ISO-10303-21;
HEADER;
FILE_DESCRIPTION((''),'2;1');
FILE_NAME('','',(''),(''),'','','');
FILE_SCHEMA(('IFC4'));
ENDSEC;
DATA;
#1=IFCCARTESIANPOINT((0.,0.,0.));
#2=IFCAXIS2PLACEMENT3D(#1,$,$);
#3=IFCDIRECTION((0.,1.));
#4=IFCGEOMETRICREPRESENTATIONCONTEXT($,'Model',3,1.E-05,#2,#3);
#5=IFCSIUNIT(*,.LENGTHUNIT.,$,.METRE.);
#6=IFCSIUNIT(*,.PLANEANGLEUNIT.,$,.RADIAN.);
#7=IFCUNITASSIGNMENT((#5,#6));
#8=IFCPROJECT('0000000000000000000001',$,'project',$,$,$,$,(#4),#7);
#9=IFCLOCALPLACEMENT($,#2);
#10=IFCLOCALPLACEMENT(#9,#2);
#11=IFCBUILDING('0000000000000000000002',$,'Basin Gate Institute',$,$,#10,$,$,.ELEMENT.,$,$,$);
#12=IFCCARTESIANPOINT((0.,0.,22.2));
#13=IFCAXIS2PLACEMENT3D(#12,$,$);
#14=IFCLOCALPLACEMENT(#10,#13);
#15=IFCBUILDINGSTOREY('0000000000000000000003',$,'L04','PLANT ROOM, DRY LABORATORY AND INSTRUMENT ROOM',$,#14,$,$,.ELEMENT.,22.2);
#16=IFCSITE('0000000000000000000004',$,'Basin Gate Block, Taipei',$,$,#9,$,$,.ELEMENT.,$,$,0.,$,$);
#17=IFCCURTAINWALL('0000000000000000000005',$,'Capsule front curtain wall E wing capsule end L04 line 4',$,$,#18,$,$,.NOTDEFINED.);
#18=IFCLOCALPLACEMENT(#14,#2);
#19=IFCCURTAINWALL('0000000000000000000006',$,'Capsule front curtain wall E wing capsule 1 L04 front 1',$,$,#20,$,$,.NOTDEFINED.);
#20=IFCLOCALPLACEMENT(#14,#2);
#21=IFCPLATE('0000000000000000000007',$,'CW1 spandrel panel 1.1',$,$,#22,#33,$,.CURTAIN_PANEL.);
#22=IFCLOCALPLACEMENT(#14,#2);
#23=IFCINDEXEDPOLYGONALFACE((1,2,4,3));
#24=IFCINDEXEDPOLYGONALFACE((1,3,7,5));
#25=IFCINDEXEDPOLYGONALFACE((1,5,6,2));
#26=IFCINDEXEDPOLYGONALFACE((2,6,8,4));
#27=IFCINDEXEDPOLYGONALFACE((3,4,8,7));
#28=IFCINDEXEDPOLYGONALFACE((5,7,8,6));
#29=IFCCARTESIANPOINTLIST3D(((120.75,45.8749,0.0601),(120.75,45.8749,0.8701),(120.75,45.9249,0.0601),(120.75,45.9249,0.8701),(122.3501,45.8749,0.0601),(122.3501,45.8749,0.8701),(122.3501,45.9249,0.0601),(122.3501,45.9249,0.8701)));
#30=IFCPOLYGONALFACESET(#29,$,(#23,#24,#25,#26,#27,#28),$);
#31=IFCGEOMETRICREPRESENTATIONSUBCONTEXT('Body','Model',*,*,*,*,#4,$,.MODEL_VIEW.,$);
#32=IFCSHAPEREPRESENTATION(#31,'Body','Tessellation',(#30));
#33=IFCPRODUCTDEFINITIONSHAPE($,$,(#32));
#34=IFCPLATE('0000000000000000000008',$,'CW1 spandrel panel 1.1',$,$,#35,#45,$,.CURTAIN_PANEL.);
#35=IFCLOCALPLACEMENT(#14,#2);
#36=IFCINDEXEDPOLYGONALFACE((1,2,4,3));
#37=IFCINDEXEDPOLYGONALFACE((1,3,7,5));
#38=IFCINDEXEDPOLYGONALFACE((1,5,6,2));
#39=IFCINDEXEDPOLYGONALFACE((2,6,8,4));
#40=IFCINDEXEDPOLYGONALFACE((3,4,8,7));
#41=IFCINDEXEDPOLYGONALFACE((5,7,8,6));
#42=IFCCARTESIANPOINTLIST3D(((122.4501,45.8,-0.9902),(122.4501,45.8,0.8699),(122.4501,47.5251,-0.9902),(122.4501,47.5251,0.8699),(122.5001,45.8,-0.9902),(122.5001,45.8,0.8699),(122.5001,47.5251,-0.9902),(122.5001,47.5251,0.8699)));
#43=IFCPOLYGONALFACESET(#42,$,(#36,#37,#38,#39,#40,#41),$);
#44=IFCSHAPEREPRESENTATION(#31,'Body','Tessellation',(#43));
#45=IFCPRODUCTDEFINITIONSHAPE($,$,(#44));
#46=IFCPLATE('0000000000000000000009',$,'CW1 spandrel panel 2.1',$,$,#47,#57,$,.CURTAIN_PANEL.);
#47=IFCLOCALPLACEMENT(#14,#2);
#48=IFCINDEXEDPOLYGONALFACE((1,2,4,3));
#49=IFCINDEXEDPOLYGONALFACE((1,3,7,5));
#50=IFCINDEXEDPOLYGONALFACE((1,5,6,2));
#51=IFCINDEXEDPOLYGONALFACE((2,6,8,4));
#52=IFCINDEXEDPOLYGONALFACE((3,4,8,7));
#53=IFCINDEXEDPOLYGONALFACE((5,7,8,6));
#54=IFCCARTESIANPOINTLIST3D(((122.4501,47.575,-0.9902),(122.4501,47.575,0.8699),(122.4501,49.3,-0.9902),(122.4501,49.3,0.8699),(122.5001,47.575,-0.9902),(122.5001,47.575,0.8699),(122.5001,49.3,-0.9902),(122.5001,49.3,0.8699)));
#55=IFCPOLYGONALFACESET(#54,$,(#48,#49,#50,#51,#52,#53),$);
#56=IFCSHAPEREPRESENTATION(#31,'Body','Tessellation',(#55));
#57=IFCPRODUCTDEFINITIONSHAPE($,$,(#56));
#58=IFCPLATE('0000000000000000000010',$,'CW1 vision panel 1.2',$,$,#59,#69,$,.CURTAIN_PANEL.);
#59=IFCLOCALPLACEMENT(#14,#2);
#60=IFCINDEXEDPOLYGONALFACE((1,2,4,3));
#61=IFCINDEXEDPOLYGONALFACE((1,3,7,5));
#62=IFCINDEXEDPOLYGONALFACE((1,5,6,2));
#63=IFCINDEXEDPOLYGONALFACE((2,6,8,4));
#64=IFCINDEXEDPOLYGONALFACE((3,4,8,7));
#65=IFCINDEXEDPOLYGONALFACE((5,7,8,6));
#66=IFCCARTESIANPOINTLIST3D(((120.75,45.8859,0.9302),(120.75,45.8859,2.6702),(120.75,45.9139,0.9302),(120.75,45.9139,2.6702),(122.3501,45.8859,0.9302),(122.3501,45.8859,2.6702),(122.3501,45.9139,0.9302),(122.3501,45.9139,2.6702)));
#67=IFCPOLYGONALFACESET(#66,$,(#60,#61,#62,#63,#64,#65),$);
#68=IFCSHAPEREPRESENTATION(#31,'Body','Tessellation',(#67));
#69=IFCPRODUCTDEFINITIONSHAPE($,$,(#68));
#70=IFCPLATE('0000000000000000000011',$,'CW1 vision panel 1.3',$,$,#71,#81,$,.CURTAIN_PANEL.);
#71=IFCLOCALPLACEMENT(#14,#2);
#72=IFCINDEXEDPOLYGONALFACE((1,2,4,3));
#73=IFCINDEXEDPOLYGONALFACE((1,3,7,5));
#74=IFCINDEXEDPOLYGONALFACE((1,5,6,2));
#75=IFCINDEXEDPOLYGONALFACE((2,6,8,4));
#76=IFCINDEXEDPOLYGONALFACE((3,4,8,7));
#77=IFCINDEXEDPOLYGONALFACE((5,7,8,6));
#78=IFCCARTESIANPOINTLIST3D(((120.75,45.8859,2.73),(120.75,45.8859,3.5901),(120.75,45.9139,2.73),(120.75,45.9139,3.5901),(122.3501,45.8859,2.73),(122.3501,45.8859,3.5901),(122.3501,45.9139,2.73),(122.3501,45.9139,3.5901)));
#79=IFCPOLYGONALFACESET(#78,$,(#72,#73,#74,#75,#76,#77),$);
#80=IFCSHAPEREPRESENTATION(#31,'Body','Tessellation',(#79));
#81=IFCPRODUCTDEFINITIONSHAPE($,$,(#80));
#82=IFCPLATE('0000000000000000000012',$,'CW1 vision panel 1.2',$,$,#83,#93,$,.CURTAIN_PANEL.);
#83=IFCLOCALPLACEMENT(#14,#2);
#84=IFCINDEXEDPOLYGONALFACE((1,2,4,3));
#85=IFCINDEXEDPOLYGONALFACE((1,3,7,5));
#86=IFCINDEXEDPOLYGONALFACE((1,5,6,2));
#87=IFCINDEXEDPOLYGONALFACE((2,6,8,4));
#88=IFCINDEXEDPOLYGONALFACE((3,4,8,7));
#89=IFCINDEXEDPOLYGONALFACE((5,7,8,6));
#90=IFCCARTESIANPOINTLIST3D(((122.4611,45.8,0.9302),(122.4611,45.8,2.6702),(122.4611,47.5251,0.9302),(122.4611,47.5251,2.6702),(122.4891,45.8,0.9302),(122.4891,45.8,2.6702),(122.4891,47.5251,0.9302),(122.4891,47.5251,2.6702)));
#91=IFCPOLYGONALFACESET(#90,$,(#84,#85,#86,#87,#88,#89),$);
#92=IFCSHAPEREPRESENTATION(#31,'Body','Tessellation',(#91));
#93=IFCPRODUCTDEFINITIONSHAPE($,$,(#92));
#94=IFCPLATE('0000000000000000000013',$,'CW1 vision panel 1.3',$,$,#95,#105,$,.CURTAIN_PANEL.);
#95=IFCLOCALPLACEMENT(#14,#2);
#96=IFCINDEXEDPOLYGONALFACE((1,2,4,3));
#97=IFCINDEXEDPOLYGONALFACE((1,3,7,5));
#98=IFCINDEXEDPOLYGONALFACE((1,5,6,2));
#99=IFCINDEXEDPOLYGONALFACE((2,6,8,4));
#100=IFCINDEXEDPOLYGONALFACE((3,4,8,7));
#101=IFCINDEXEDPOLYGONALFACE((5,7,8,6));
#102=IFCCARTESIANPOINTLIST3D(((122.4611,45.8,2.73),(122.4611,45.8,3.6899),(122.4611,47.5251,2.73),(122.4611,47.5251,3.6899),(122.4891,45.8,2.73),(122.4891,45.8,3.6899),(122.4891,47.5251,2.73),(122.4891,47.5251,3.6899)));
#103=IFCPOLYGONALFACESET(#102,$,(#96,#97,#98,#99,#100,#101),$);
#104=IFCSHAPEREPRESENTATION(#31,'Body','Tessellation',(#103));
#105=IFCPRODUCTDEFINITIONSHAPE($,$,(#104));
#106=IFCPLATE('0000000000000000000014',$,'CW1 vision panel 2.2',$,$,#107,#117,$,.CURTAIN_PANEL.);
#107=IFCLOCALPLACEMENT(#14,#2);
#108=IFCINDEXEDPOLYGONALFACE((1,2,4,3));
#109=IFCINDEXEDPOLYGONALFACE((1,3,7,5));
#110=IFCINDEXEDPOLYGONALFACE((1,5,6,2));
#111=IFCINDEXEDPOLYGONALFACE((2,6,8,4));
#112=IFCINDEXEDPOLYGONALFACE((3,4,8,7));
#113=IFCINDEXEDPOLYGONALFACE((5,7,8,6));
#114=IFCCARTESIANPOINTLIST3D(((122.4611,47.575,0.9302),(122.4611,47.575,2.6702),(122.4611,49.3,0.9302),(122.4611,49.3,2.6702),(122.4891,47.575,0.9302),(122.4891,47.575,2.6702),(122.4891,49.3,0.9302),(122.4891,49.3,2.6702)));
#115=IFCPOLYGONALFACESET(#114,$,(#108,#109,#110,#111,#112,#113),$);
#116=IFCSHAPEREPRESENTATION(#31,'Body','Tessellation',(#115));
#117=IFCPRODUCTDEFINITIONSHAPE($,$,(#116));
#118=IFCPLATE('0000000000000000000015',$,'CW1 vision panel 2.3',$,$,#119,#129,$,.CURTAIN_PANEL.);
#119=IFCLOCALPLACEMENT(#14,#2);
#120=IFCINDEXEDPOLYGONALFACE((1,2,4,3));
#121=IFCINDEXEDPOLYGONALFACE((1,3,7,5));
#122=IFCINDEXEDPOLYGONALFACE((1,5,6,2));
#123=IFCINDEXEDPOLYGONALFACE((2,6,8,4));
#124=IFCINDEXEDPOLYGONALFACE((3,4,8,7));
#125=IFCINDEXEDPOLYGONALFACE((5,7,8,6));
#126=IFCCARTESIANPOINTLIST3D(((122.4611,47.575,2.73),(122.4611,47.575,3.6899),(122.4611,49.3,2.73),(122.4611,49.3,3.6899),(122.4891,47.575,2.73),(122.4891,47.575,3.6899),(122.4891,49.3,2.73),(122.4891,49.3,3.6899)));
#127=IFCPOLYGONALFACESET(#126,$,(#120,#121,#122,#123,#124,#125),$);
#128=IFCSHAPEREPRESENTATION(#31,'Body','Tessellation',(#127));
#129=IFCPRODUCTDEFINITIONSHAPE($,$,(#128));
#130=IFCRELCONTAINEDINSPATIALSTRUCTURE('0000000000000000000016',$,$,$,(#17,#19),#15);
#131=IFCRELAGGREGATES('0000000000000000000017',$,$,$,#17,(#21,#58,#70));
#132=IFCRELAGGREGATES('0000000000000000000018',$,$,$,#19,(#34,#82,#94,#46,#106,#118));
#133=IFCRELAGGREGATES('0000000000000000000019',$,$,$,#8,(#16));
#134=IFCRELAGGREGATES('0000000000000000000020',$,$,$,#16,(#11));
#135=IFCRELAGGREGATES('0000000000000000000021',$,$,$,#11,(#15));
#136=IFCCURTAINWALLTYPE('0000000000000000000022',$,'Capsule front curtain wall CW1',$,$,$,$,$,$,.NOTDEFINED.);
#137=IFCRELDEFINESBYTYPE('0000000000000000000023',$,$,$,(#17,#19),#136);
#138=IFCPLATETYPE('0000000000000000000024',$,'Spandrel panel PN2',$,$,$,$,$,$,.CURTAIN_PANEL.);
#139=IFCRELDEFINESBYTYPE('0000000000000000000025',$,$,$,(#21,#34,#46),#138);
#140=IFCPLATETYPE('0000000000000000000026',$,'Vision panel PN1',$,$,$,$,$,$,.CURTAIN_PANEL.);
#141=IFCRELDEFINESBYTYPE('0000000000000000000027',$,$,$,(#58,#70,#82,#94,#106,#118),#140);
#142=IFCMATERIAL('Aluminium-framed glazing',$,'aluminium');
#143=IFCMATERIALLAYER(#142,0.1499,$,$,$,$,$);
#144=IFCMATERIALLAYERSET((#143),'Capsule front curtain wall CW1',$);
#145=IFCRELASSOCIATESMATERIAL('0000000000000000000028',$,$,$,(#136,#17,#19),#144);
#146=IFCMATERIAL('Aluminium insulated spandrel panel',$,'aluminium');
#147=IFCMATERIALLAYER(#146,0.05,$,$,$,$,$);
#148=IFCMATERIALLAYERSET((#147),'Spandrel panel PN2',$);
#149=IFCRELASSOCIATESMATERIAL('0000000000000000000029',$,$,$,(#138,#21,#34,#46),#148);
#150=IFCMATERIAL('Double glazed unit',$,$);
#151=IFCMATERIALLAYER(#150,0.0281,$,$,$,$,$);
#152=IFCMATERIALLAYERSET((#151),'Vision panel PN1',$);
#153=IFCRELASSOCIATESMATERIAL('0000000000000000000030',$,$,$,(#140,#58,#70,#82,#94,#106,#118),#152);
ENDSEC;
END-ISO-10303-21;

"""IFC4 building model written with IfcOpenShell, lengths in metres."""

from ifc_helpers import new_model, si_unit, direction, frame, origin, origin_2d, place, context, subcontext, project, spatial, rectangle, extrude, material, layer, layer_set, type_object, element, aggregate, save


model = new_model("IFC4")

# Units and contexts
model_context = context("Model", 3, precision=1e-05, world=origin(), true_north=direction((0.0, 1.0)))
body_context = subcontext(model_context, "Body", "Model", "MODEL_VIEW")
ifc_project = project(units=[si_unit("LENGTHUNIT", "METRE"), si_unit("PLANEANGLEUNIT", "RADIAN")], contexts=[model_context])

# Site, building, storey
site_placement = place(None, origin())
site = spatial("IfcSite", under=ifc_project, at=site_placement, Name="Basin Gate Block, Taipei", CompositionType="ELEMENT", RefElevation=0.0)
building_placement = place(site_placement, origin())
building = spatial("IfcBuilding", under=site, at=building_placement, Name="Basin Gate Institute", CompositionType="ELEMENT")
storey_placement = place(building_placement, frame((0.0, 0.0, 22.2)))
storey = spatial("IfcBuildingStorey", under=building, at=storey_placement, Name="L04", Description="PLANT ROOM, DRY LABORATORY AND INSTRUMENT ROOM", CompositionType="ELEMENT", Elevation=22.2)

# Curtain walls
ifc_material_1 = material(Name="Aluminium-framed glazing", Category="aluminium")
ifc_layer_1 = layer(ifc_material_1, 0.1499)
ifc_layer_set_1 = layer_set([ifc_layer_1], Name="Capsule front curtain wall CW1")
curtain_wall_type = type_object("IfcCurtainWallType", Name="Capsule front curtain wall CW1", PredefinedType="NOTDEFINED", material=ifc_layer_set_1)
curtain_wall_1_placement = place(storey_placement, origin())
curtain_wall_1 = element("IfcCurtainWall", 1, at=curtain_wall_1_placement, inside=storey, type_object=curtain_wall_type, material=ifc_layer_set_1, Name="Capsule front curtain wall E wing capsule end L04 line 4", PredefinedType="NOTDEFINED")
curtain_wall_2_placement = place(storey_placement, origin())
curtain_wall_2 = element("IfcCurtainWall", 2, at=curtain_wall_2_placement, inside=storey, type_object=curtain_wall_type, material=ifc_layer_set_1, Name="Capsule front curtain wall E wing capsule 1 L04 front 1", PredefinedType="NOTDEFINED")

# Plates
ifc_material_2 = material(Name="Aluminium insulated spandrel panel", Category="aluminium")
ifc_layer_2 = layer(ifc_material_2, 0.05)
ifc_layer_set_2 = layer_set([ifc_layer_2], Name="Spandrel panel PN2")
plate_type_1 = type_object("IfcPlateType", Name="Spandrel panel PN2", PredefinedType="CURTAIN_PANEL", material=ifc_layer_set_2)
plate_1_placement = place(storey_placement, frame((121.55, 45.8999, 0.0601), z_axis=(0.0, 0.0, 1.0), x_axis=(-1.0, 0.0, 0.0)))
plate_1 = element("IfcPlate", 3, at=plate_1_placement, type_object=plate_type_1, material=ifc_layer_set_2, Name="CW1 spandrel panel 1.1", PredefinedType="CURTAIN_PANEL", context=body_context, shape_type="SweptSolid", body=[
    extrude(rectangle(XDim=1.6001, YDim=0.05, at=origin_2d()), origin(), (0.0, 0.0, 1.0), 0.8101),
])
plate_2_placement = place(storey_placement, frame((122.4751, 46.6626, -0.9902), z_axis=(0.0, 0.0, 1.0), x_axis=(0.0, 1.0, 0.0)))
plate_2 = element("IfcPlate", 4, at=plate_2_placement, type_object=plate_type_1, material=ifc_layer_set_2, Name="CW1 spandrel panel 1.1", PredefinedType="CURTAIN_PANEL", context=body_context, shape_type="SweptSolid", body=[
    extrude(rectangle(XDim=1.7251, YDim=0.05, at=origin_2d()), origin(), (0.0, 0.0, 1.0), 1.8601),
])
plate_3_placement = place(storey_placement, frame((122.4751, 48.4375, -0.9902), z_axis=(0.0, 0.0, 1.0), x_axis=(0.0, 1.0, 0.0)))
plate_3 = element("IfcPlate", 5, at=plate_3_placement, type_object=plate_type_1, material=ifc_layer_set_2, Name="CW1 spandrel panel 2.1", PredefinedType="CURTAIN_PANEL", context=body_context, shape_type="SweptSolid", body=[
    extrude(rectangle(XDim=1.7251, YDim=0.05, at=origin_2d()), origin(), (0.0, 0.0, 1.0), 1.8601),
])
ifc_material_3 = material(Name="Double glazed unit")
ifc_layer_3 = layer(ifc_material_3, 0.0281)
ifc_layer_set_3 = layer_set([ifc_layer_3], Name="Vision panel PN1")
plate_type_2 = type_object("IfcPlateType", Name="Vision panel PN1", PredefinedType="CURTAIN_PANEL", material=ifc_layer_set_3)
plate_4_placement = place(storey_placement, frame((121.55, 45.8999, 0.9302), z_axis=(0.0, 0.0, 1.0), x_axis=(-1.0, 0.0, 0.0)))
plate_4 = element("IfcPlate", 6, at=plate_4_placement, type_object=plate_type_2, material=ifc_layer_set_3, Name="CW1 vision panel 1.2", PredefinedType="CURTAIN_PANEL", context=body_context, shape_type="SweptSolid", body=[
    extrude(rectangle(XDim=1.6001, YDim=0.0281, at=origin_2d()), origin(), (0.0, 0.0, 1.0), 1.74),
])
plate_5_placement = place(storey_placement, frame((121.55, 45.8999, 2.73), z_axis=(0.0, 0.0, 1.0), x_axis=(-1.0, 0.0, 0.0)))
plate_5 = element("IfcPlate", 7, at=plate_5_placement, type_object=plate_type_2, material=ifc_layer_set_3, Name="CW1 vision panel 1.3", PredefinedType="CURTAIN_PANEL", context=body_context, shape_type="SweptSolid", body=[
    extrude(rectangle(XDim=1.6001, YDim=0.0281, at=origin_2d()), origin(), (0.0, 0.0, 1.0), 0.8601),
])
aggregate(curtain_wall_1, [plate_1, plate_4, plate_5])
plate_6_placement = place(storey_placement, frame((122.4751, 46.6626, 0.9302), z_axis=(0.0, 0.0, 1.0), x_axis=(0.0, 1.0, 0.0)))
plate_6 = element("IfcPlate", 8, at=plate_6_placement, type_object=plate_type_2, material=ifc_layer_set_3, Name="CW1 vision panel 1.2", PredefinedType="CURTAIN_PANEL", context=body_context, shape_type="SweptSolid", body=[
    extrude(rectangle(XDim=1.7251, YDim=0.0281, at=origin_2d()), origin(), (0.0, 0.0, 1.0), 1.74),
])
plate_7_placement = place(storey_placement, frame((122.4751, 46.6626, 2.73), z_axis=(0.0, 0.0, 1.0), x_axis=(0.0, 1.0, 0.0)))
plate_7 = element("IfcPlate", 9, at=plate_7_placement, type_object=plate_type_2, material=ifc_layer_set_3, Name="CW1 vision panel 1.3", PredefinedType="CURTAIN_PANEL", context=body_context, shape_type="SweptSolid", body=[
    extrude(rectangle(XDim=1.7251, YDim=0.0281, at=origin_2d()), origin(), (0.0, 0.0, 1.0), 0.96),
])
plate_8_placement = place(storey_placement, frame((122.4751, 48.4375, 0.9302), z_axis=(0.0, 0.0, 1.0), x_axis=(0.0, 1.0, 0.0)))
plate_8 = element("IfcPlate", 10, at=plate_8_placement, type_object=plate_type_2, material=ifc_layer_set_3, Name="CW1 vision panel 2.2", PredefinedType="CURTAIN_PANEL", context=body_context, shape_type="SweptSolid", body=[
    extrude(rectangle(XDim=1.7251, YDim=0.0281, at=origin_2d()), origin(), (0.0, 0.0, 1.0), 1.74),
])
plate_9_placement = place(storey_placement, frame((122.4751, 48.4375, 2.73), z_axis=(0.0, 0.0, 1.0), x_axis=(0.0, 1.0, 0.0)))
plate_9 = element("IfcPlate", 11, at=plate_9_placement, type_object=plate_type_2, material=ifc_layer_set_3, Name="CW1 vision panel 2.3", PredefinedType="CURTAIN_PANEL", context=body_context, shape_type="SweptSolid", body=[
    extrude(rectangle(XDim=1.7251, YDim=0.0281, at=origin_2d()), origin(), (0.0, 0.0, 1.0), 0.96),
])
aggregate(curtain_wall_2, [plate_2, plate_6, plate_7, plate_3, plate_8, plate_9])

save(model, "model.ifc")
